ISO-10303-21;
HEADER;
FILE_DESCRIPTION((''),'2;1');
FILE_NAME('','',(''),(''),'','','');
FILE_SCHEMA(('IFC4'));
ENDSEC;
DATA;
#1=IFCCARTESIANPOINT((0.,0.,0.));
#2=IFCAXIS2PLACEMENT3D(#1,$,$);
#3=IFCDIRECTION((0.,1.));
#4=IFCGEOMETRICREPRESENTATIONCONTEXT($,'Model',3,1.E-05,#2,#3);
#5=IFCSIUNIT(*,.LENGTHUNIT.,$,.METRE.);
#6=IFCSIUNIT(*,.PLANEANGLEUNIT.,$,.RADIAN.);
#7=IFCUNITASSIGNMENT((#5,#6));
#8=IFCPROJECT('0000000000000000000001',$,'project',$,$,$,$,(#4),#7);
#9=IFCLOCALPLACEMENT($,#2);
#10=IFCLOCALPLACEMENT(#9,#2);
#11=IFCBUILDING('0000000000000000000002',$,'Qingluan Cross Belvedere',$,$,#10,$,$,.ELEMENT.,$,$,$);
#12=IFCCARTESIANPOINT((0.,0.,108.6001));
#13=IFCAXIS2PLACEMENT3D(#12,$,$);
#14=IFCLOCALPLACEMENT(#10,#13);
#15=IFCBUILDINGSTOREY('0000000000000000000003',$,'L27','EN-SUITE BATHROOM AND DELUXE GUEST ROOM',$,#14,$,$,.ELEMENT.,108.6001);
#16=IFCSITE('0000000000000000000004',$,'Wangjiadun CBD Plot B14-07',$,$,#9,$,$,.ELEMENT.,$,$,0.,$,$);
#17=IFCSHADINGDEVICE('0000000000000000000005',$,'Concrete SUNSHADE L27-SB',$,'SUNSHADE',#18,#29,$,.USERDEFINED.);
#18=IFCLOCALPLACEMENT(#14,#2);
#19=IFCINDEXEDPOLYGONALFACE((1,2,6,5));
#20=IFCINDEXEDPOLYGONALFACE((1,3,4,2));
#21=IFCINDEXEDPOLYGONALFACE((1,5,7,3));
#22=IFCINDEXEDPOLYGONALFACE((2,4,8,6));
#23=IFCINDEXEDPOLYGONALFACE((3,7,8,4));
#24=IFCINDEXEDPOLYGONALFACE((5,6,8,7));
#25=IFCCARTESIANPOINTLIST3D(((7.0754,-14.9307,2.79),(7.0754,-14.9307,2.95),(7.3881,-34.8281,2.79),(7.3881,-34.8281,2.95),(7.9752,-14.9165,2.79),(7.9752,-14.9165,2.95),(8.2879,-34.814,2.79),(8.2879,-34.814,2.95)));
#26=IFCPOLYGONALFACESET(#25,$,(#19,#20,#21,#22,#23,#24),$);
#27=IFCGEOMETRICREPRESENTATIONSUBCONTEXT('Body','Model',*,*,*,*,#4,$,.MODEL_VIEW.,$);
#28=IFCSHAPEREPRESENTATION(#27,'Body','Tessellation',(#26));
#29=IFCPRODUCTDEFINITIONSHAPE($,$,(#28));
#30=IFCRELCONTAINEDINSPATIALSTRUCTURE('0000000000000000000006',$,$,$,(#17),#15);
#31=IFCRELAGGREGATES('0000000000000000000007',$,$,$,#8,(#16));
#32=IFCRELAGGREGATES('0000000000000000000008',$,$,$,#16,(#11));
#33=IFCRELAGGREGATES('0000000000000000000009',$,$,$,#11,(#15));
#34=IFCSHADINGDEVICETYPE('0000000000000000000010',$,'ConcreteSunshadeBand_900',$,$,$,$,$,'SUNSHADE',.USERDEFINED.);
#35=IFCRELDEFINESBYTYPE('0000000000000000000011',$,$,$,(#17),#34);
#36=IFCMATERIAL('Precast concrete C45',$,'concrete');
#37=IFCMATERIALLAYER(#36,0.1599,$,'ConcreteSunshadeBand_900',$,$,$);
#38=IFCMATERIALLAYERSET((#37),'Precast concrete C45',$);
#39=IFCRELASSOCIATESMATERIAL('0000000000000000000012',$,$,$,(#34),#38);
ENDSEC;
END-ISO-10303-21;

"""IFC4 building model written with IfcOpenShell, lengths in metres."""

from ifc_helpers import new_model, si_unit, direction, frame, origin, origin_2d, place, context, subcontext, project, spatial, rectangle, extrude, material, layer, layer_set, type_object, element, save


model = new_model("IFC4")

# Units and contexts
model_context = context("Model", 3, precision=1e-05, world=origin(), true_north=direction((0.0, 1.0)))
body_context = subcontext(model_context, "Body", "Model", "MODEL_VIEW")
ifc_project = project(units=[si_unit("LENGTHUNIT", "METRE"), si_unit("PLANEANGLEUNIT", "RADIAN")], contexts=[model_context])

# Site, building, storey
site_placement = place(None, origin())
site = spatial("IfcSite", under=ifc_project, at=site_placement, Name="Wangjiadun CBD Plot B14-07", CompositionType="ELEMENT", RefElevation=0.0)
building_placement = place(site_placement, origin())
building = spatial("IfcBuilding", under=site, at=building_placement, Name="Qingluan Cross Belvedere", CompositionType="ELEMENT")
storey_placement = place(building_placement, frame((0.0, 0.0, 108.6001)))
storey = spatial("IfcBuildingStorey", under=building, at=storey_placement, Name="L27", Description="EN-SUITE BATHROOM AND DELUXE GUEST ROOM", CompositionType="ELEMENT", Elevation=108.6001)

# Shading device
ifc_material_1 = material(Name="Precast concrete C45", Category="concrete")
ifc_layer_1 = layer(ifc_material_1, 0.1599, Name="ConcreteSunshadeBand_900")
ifc_layer_set_1 = layer_set([ifc_layer_1], Name="Precast concrete C45")
shading_device_type = type_object("IfcShadingDeviceType", Name="ConcreteSunshadeBand_900", ElementType="SUNSHADE", PredefinedType="USERDEFINED", material=ifc_layer_set_1)
shading_device_placement = place(storey_placement, frame((7.6816, -24.8723, 2.79), z_axis=(0.0, 0.0, 1.0), x_axis=(-0.015711, 0.999877, 0.0)))
element("IfcShadingDevice", 1, at=shading_device_placement, inside=storey, type_object=shading_device_type, Name="Concrete SUNSHADE L27-SB", ObjectType="SUNSHADE", PredefinedType="USERDEFINED", context=body_context, shape_type="SweptSolid", body=[
    extrude(rectangle(XDim=19.8999, YDim=0.8999, at=origin_2d()), origin(), (0.0, 0.0, 1.0), 0.1599),
])

save(model, "model.ifc")
